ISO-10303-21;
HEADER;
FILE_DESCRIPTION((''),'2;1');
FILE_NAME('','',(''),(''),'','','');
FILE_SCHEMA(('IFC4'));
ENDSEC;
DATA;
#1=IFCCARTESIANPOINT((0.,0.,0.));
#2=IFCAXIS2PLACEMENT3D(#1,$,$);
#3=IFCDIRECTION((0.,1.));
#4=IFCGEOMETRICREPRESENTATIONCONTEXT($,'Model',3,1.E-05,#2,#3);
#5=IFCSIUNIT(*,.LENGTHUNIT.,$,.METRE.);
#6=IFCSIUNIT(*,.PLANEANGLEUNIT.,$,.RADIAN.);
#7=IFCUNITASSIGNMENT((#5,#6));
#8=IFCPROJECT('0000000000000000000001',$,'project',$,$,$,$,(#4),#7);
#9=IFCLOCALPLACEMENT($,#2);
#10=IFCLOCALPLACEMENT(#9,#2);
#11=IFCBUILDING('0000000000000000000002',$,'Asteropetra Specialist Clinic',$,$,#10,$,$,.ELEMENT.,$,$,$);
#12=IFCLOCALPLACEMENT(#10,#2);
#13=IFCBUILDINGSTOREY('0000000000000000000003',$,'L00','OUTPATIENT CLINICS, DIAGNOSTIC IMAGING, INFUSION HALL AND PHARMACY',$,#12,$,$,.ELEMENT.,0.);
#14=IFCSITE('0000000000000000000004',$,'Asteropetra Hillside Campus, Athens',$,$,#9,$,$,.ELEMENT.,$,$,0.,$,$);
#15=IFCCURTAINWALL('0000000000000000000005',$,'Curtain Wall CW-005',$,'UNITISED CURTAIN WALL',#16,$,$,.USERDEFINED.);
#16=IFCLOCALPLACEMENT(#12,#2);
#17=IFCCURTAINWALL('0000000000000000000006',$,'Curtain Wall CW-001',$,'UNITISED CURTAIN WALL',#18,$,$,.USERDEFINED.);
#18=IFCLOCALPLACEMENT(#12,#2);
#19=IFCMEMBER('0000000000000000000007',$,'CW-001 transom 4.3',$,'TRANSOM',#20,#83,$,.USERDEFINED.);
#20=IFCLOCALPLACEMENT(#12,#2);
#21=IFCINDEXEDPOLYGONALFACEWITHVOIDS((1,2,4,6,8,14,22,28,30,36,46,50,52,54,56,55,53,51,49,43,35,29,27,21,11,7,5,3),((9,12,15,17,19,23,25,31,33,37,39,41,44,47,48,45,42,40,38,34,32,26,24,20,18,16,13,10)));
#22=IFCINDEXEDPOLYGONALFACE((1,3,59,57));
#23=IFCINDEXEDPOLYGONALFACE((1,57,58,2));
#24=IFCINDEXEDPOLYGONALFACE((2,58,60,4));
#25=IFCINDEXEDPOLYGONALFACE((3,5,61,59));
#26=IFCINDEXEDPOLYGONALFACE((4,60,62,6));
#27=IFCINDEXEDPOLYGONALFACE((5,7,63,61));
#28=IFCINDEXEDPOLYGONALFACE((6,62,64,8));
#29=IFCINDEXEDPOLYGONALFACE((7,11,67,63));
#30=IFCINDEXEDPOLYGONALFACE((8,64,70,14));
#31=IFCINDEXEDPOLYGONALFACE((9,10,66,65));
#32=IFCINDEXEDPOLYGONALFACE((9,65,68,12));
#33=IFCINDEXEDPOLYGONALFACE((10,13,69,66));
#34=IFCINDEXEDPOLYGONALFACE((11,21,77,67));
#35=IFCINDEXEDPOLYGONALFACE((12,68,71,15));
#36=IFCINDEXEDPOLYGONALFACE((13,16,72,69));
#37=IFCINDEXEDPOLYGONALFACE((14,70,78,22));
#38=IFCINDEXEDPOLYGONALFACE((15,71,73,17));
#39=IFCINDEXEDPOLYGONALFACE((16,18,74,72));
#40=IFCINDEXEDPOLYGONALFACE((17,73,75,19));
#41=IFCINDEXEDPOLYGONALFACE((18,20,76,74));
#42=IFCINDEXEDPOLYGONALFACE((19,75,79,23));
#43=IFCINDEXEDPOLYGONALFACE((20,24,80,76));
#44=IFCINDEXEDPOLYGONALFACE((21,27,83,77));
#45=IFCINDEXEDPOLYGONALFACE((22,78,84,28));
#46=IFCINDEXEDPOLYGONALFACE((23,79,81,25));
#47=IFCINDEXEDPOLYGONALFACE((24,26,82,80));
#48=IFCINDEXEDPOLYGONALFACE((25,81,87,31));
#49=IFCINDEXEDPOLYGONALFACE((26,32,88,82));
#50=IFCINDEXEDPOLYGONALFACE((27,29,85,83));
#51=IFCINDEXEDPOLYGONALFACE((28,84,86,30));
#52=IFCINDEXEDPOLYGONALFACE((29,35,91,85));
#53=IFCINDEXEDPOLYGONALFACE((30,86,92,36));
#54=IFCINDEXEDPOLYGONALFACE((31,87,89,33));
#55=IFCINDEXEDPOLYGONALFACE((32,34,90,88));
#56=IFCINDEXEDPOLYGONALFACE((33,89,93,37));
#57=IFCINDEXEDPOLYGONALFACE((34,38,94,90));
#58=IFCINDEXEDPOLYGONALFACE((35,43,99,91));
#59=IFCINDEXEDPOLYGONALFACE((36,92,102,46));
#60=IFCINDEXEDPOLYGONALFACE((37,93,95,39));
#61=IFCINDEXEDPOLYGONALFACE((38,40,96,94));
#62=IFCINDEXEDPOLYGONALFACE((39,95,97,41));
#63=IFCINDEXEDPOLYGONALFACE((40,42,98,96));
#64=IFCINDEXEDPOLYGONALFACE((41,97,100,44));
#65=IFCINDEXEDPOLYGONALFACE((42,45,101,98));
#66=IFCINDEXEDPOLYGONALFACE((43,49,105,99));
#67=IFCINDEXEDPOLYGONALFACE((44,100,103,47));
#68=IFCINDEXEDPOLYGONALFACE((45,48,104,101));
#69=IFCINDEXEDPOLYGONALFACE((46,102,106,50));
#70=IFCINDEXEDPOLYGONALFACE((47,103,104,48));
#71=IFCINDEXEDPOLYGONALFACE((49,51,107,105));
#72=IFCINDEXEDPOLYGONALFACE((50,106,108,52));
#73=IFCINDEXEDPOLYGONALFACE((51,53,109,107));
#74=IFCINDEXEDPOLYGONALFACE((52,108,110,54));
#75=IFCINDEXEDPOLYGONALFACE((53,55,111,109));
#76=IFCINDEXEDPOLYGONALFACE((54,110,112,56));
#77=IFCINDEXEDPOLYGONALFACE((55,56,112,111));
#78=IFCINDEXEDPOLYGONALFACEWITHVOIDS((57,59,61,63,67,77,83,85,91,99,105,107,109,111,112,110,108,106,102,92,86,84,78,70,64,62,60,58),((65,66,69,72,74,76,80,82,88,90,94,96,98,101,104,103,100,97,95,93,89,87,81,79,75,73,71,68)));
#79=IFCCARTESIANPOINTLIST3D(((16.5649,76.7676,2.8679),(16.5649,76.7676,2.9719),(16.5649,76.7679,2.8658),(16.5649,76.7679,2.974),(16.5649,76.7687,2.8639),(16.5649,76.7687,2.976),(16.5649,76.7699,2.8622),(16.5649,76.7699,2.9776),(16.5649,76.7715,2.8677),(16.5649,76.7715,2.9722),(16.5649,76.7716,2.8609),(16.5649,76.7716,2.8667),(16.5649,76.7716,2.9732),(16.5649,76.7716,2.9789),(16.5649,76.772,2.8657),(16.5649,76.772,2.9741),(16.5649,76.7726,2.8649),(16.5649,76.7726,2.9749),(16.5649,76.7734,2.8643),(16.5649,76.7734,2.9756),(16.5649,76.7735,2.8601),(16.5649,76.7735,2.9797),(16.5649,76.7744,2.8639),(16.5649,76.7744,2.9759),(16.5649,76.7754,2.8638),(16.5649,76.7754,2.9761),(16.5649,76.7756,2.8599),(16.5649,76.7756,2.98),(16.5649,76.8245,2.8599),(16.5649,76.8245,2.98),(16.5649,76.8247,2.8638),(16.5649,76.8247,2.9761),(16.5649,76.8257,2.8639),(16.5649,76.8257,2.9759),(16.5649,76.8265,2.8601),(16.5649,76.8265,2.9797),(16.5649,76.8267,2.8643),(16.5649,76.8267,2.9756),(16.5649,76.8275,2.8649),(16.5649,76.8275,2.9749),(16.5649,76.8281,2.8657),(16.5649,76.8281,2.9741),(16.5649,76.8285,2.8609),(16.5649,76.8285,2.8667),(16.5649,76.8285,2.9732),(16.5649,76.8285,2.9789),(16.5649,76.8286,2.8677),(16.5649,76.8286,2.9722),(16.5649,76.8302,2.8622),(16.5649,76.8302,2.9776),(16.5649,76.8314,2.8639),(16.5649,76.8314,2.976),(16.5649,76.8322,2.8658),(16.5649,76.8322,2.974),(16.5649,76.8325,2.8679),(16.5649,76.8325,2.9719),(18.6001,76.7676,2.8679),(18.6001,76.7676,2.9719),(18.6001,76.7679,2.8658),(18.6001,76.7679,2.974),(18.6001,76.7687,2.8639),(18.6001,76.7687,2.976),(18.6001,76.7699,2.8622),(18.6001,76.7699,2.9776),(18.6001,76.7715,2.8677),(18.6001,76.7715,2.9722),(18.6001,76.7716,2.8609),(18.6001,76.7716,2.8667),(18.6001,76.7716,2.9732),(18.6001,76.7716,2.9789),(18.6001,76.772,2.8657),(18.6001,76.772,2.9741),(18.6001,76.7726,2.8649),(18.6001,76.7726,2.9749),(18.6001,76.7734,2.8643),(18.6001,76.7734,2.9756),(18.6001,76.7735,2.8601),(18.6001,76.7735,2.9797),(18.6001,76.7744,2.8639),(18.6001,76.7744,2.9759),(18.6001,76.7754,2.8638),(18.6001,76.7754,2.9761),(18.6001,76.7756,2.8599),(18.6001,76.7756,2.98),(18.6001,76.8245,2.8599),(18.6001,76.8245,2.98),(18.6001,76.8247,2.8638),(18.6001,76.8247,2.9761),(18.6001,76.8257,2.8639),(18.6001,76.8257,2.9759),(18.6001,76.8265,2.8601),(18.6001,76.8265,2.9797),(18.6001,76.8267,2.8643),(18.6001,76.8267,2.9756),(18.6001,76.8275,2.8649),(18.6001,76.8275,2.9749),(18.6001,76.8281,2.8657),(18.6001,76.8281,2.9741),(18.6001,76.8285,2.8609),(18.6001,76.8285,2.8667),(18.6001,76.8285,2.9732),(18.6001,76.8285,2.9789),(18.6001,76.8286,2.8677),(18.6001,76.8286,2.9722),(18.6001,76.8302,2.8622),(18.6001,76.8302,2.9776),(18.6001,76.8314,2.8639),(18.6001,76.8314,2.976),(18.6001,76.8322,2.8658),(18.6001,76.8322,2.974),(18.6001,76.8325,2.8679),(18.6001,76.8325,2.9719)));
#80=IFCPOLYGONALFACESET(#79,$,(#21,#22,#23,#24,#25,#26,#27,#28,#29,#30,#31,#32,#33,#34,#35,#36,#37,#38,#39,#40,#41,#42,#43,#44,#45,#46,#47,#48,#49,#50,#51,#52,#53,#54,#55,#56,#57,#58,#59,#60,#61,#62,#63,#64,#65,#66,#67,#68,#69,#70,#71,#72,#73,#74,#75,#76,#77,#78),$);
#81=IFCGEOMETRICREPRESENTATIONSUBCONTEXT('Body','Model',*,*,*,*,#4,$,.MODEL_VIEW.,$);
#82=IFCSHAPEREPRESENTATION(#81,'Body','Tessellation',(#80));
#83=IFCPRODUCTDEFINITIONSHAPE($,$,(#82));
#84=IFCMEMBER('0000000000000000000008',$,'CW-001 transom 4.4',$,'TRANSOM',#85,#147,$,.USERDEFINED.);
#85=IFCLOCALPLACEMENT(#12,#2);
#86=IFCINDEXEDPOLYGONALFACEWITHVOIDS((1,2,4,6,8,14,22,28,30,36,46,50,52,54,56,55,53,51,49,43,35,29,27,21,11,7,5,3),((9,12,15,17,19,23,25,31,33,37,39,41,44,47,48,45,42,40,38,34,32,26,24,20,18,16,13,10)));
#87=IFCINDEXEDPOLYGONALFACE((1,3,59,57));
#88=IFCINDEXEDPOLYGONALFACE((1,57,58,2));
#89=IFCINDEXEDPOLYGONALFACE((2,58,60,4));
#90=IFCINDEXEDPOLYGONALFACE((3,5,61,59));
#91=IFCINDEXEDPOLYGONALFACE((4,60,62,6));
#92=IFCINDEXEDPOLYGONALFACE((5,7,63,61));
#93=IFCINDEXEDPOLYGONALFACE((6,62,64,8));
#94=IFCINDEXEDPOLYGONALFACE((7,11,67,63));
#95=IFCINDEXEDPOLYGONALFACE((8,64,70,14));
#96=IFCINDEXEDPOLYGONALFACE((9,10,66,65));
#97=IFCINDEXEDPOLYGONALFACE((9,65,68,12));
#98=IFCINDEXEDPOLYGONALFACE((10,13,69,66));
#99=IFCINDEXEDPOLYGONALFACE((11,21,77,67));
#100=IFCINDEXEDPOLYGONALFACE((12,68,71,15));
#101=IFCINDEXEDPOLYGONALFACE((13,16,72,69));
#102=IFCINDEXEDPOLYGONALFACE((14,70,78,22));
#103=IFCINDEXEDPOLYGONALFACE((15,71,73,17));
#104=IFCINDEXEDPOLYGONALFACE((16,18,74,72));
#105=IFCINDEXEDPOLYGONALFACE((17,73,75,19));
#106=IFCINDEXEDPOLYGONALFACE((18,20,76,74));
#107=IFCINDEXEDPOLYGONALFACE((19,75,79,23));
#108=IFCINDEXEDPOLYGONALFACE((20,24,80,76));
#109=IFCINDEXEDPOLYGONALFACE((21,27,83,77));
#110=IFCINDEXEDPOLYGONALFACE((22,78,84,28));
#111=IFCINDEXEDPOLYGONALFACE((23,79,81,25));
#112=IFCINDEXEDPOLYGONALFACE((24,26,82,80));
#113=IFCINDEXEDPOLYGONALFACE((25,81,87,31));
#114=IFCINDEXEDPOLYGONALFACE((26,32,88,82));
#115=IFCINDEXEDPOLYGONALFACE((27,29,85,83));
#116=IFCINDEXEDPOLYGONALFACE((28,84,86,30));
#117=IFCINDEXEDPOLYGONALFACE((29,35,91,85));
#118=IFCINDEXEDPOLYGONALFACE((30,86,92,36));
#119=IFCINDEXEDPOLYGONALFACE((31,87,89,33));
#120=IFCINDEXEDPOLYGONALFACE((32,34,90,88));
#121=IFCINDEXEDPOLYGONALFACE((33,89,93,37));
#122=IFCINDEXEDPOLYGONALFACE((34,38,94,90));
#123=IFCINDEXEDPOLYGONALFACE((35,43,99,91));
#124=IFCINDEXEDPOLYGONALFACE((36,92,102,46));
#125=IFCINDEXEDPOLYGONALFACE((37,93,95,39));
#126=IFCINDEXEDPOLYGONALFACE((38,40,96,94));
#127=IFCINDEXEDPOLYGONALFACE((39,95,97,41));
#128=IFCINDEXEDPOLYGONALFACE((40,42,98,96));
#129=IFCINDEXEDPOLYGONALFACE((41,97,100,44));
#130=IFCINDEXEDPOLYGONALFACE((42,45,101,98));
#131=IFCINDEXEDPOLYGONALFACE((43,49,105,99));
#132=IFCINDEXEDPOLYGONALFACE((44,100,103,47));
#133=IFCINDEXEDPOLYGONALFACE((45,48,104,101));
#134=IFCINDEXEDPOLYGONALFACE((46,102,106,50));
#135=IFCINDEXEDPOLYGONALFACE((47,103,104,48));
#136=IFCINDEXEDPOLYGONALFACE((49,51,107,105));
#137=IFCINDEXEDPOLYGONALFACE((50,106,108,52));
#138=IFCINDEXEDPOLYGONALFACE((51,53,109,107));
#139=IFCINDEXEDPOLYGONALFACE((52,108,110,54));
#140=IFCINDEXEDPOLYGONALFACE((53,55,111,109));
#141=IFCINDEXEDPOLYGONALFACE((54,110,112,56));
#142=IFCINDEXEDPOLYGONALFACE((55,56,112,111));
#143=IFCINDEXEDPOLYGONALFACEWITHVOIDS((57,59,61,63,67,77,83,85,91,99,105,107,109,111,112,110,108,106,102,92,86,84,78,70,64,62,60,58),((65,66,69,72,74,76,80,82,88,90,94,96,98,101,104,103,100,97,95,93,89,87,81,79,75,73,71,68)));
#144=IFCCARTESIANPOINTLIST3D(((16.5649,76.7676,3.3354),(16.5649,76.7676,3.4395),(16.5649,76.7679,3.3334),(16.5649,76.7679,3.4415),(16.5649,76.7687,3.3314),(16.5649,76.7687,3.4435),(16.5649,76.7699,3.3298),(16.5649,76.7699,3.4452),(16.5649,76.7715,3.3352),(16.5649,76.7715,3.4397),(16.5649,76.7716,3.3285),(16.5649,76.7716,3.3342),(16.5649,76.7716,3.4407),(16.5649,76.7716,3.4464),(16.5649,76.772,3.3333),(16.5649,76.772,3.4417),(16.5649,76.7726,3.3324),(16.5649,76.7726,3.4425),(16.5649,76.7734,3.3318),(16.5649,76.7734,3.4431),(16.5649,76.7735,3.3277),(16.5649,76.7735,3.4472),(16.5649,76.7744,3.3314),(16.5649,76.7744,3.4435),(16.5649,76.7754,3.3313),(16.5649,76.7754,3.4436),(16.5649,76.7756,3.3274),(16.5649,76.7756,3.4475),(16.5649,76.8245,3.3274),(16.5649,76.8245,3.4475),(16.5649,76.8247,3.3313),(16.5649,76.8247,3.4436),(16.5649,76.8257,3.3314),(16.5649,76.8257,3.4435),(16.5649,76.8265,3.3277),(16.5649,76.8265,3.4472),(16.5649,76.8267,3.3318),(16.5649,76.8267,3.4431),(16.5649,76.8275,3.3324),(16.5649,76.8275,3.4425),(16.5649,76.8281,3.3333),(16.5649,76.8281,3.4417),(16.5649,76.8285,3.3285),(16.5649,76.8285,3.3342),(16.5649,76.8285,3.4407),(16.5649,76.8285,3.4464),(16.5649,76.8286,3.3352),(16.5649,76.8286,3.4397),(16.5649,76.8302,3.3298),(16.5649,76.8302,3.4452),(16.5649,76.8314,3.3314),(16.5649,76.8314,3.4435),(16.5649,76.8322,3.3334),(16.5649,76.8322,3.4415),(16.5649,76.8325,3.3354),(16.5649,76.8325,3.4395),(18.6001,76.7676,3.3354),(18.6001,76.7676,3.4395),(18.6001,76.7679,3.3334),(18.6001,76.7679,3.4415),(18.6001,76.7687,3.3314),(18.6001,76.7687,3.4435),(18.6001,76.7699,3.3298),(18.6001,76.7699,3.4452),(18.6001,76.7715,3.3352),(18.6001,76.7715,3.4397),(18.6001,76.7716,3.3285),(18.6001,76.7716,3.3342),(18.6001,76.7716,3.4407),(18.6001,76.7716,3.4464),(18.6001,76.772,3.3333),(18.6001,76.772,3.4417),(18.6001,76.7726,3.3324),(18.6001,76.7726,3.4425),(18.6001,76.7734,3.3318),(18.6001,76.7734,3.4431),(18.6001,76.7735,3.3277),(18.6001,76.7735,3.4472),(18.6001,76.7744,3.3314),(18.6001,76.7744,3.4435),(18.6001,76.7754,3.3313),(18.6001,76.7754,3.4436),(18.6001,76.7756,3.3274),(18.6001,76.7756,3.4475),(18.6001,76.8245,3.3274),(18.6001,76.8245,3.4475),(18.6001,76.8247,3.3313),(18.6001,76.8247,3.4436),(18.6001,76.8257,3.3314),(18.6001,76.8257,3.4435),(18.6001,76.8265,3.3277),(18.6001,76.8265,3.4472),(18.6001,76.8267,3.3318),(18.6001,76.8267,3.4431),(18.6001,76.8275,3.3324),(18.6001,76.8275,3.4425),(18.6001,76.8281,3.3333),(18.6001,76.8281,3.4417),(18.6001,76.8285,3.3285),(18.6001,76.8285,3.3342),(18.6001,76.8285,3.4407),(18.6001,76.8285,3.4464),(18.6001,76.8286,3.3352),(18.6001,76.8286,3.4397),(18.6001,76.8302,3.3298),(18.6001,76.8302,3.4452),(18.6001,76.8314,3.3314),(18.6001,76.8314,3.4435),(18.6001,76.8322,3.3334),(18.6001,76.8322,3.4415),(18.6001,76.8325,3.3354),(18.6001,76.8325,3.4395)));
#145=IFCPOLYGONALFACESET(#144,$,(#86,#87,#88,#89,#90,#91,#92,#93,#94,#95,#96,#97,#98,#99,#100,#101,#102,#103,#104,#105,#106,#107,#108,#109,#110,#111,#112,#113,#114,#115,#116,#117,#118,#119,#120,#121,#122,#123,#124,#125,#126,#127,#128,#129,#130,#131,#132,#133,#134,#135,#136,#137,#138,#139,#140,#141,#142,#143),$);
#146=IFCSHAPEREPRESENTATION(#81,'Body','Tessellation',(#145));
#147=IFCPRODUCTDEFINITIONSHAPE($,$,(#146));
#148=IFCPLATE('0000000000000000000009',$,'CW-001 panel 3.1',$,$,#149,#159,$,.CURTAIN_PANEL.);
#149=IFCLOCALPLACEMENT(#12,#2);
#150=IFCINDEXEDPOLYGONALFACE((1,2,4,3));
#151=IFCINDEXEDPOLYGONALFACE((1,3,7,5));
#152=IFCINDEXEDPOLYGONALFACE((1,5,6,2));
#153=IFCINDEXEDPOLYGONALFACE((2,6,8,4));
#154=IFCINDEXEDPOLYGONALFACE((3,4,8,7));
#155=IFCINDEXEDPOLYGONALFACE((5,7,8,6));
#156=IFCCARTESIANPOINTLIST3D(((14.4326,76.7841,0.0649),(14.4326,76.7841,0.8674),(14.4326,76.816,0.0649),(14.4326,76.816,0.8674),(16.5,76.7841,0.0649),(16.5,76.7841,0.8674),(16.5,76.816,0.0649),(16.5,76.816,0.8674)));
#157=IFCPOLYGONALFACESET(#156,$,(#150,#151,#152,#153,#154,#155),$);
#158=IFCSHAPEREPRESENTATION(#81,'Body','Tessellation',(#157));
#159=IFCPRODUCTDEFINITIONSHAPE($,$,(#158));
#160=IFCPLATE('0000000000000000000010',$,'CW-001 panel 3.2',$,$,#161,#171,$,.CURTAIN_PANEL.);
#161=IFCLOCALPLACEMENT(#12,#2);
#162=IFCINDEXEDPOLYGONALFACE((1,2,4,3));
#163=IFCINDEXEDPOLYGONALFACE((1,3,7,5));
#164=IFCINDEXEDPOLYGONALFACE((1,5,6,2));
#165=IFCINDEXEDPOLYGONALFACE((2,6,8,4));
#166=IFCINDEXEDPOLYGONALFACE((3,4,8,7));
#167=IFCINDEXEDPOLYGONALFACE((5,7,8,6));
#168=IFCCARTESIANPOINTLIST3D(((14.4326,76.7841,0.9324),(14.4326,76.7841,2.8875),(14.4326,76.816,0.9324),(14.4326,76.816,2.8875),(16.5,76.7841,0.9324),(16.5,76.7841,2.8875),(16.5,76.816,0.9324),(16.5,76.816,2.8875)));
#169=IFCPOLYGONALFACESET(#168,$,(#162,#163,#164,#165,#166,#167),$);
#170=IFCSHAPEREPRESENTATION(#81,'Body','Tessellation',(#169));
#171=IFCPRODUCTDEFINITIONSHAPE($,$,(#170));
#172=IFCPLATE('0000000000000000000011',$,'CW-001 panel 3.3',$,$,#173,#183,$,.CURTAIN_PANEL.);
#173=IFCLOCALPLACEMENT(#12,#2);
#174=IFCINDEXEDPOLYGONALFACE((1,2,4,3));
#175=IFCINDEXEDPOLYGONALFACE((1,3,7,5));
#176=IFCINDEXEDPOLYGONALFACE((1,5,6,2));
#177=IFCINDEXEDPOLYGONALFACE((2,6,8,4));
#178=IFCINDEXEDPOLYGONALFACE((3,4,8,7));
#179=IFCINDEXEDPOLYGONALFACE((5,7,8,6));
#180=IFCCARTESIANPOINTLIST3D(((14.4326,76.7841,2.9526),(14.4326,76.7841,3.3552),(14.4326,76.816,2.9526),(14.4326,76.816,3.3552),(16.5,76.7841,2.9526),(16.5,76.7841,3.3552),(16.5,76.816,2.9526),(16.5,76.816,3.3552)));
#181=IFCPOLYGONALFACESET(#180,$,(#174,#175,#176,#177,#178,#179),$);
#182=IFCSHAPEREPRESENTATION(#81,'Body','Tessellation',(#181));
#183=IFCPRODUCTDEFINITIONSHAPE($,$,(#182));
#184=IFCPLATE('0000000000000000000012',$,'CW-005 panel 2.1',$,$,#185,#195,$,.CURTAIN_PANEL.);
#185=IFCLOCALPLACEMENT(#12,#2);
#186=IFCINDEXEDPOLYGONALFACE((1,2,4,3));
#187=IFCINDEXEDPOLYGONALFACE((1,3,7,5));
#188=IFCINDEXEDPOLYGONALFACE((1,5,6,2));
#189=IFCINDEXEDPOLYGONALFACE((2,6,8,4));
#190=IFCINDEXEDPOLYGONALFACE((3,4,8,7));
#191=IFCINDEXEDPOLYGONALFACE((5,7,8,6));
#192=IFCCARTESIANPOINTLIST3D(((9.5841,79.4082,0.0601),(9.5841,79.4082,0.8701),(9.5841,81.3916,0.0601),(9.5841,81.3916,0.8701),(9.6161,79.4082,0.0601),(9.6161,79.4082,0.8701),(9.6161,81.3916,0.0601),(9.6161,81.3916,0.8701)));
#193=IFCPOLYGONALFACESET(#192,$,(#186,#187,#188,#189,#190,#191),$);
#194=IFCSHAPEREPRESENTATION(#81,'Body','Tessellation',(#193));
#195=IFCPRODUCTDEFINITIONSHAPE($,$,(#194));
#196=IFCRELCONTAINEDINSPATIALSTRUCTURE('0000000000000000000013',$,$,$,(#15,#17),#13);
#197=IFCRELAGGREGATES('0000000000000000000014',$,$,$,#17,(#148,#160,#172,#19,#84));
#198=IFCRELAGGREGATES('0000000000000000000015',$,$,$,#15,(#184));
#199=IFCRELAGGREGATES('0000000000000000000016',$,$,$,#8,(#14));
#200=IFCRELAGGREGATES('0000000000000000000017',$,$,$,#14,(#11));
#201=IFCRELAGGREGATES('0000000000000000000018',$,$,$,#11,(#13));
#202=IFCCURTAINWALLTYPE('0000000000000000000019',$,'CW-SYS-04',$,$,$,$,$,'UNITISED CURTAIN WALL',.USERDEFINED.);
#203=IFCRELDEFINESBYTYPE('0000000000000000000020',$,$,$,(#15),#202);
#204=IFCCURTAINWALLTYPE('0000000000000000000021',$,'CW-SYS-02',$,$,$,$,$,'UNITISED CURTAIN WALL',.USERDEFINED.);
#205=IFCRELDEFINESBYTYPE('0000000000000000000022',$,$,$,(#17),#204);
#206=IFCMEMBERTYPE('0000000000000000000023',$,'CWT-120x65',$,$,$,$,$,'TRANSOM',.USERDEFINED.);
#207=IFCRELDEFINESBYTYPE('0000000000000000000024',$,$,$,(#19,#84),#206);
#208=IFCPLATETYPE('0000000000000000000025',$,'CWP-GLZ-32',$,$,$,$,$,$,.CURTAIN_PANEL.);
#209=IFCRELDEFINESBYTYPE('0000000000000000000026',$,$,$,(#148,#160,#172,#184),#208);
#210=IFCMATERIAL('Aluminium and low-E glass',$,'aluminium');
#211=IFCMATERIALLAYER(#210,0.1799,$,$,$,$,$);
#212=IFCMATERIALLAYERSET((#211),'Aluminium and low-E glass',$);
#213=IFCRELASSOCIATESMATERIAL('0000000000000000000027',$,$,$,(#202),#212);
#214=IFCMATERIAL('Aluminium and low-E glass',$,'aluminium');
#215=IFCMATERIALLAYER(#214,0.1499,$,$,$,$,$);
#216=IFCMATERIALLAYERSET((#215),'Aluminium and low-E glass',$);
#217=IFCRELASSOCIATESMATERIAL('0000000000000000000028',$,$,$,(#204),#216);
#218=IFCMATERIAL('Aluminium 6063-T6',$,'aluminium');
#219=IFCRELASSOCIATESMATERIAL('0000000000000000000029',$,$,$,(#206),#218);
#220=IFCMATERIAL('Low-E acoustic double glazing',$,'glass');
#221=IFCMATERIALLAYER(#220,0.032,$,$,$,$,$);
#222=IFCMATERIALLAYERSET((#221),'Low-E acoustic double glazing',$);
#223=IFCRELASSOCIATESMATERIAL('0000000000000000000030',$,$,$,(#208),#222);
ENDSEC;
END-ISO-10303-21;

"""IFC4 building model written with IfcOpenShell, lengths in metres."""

from ifc_helpers import new_model, si_unit, direction, frame, origin, origin_2d, place, context, subcontext, project, spatial, rectangle, hollow_rectangle, extrude, material, layer, layer_set, material_profile, profile_set, type_object, element, aggregate, save


model = new_model("IFC4")

# Units and contexts
model_context = context("Model", 3, precision=1e-05, world=origin(), true_north=direction((0.0, 1.0)))
body_context = subcontext(model_context, "Body", "Model", "MODEL_VIEW")
ifc_project = project(units=[si_unit("LENGTHUNIT", "METRE"), si_unit("PLANEANGLEUNIT", "RADIAN")], contexts=[model_context])

# Site, building, storey
site_placement = place(None, origin())
site = spatial("IfcSite", under=ifc_project, at=site_placement, Name="Asteropetra Hillside Campus, Athens", CompositionType="ELEMENT", RefElevation=0.0)
building_placement = place(site_placement, origin())
building = spatial("IfcBuilding", under=site, at=building_placement, Name="Asteropetra Specialist Clinic", CompositionType="ELEMENT")
storey_placement = place(building_placement, origin())
storey = spatial("IfcBuildingStorey", under=building, at=storey_placement, Name="L00", Description="OUTPATIENT CLINICS, DIAGNOSTIC IMAGING, INFUSION HALL AND PHARMACY", CompositionType="ELEMENT", Elevation=0.0)

# Curtain wall
ifc_material_1 = material(Name="Aluminium and low-E glass", Category="aluminium")
ifc_layer_1 = layer(ifc_material_1, 0.1799)
ifc_layer_set_1 = layer_set([ifc_layer_1], Name="Aluminium and low-E glass")
curtain_wall_type_1 = type_object("IfcCurtainWallType", Name="CW-SYS-04", ElementType="UNITISED CURTAIN WALL", PredefinedType="USERDEFINED", material=ifc_layer_set_1)
curtain_wall_1_placement = place(storey_placement, origin())
curtain_wall_1 = element("IfcCurtainWall", 1, at=curtain_wall_1_placement, inside=storey, type_object=curtain_wall_type_1, Name="Curtain Wall CW-005", ObjectType="UNITISED CURTAIN WALL", PredefinedType="USERDEFINED")

# Curtain wall
ifc_material_2 = material(Name="Aluminium and low-E glass", Category="aluminium")
ifc_layer_2 = layer(ifc_material_2, 0.1499)
ifc_layer_set_2 = layer_set([ifc_layer_2], Name="Aluminium and low-E glass")
curtain_wall_type_2 = type_object("IfcCurtainWallType", Name="CW-SYS-02", ElementType="UNITISED CURTAIN WALL", PredefinedType="USERDEFINED", material=ifc_layer_set_2)
curtain_wall_2_placement = place(storey_placement, origin())
curtain_wall_2 = element("IfcCurtainWall", 2, at=curtain_wall_2_placement, inside=storey, type_object=curtain_wall_type_2, Name="Curtain Wall CW-001", ObjectType="UNITISED CURTAIN WALL", PredefinedType="USERDEFINED")

# Members
ifc_material_3 = material(Name="Aluminium 6063-T6", Category="aluminium")
ifc_material_profile_1 = material_profile(ifc_material_3, hollow_rectangle(XDim=0.0649, YDim=0.1201, WallThickness=0.0039, InnerFilletRadius=0.0039, OuterFilletRadius=0.0081, at=origin_2d()), Name="TRN 120x65x4.0")
ifc_profile_set_1 = profile_set([ifc_material_profile_1], Name="Aluminium 6063-T6")
member_type_1 = type_object("IfcMemberType", Name="CWT-120x65", ElementType="TRANSOM", PredefinedType="USERDEFINED", material=ifc_profile_set_1)
member_1_placement = place(storey_placement, frame((16.5649, 76.8, 2.9199), z_axis=(1.0, 0.0, 0.0), x_axis=(0.0, 1.0, 0.0)))
member_1 = element("IfcMember", 3, at=member_1_placement, type_object=member_type_1, Name="CW-001 transom 4.3", ObjectType="TRANSOM", PredefinedType="USERDEFINED", context=body_context, shape_type="SweptSolid", body=[
    extrude(hollow_rectangle(XDim=0.0649, YDim=0.1201, WallThickness=0.0039, InnerFilletRadius=0.0039, OuterFilletRadius=0.0081, at=origin_2d()), origin(), (0.0, 0.0, 1.0), 2.0352),
])
member_2_placement = place(storey_placement, frame((16.5649, 76.8, 3.3875), z_axis=(1.0, 0.0, 0.0), x_axis=(0.0, 1.0, 0.0)))
member_2 = element("IfcMember", 4, at=member_2_placement, type_object=member_type_1, Name="CW-001 transom 4.4", ObjectType="TRANSOM", PredefinedType="USERDEFINED", context=body_context, shape_type="SweptSolid", body=[
    extrude(hollow_rectangle(XDim=0.0649, YDim=0.1201, WallThickness=0.0039, InnerFilletRadius=0.0039, OuterFilletRadius=0.0081, at=origin_2d()), origin(), (0.0, 0.0, 1.0), 2.0352),
])

# Plates
ifc_material_4 = material(Name="Low-E acoustic double glazing", Category="glass")
ifc_layer_3 = layer(ifc_material_4, 0.032)
ifc_layer_set_3 = layer_set([ifc_layer_3], Name="Low-E acoustic double glazing")
plate_type = type_object("IfcPlateType", Name="CWP-GLZ-32", PredefinedType="CURTAIN_PANEL", material=ifc_layer_set_3)
plate_1_placement = place(storey_placement, frame((15.4663, 76.8, 0.0649), z_axis=(0.0, 0.0, 1.0), x_axis=(1.0, 0.0, 0.0)))
plate_1 = element("IfcPlate", 5, at=plate_1_placement, type_object=plate_type, Name="CW-001 panel 3.1", PredefinedType="CURTAIN_PANEL", context=body_context, shape_type="SweptSolid", body=[
    extrude(rectangle(XDim=2.0674, YDim=0.032, at=origin_2d()), origin(), (0.0, 0.0, 1.0), 0.8025),
])
plate_2_placement = place(storey_placement, frame((15.4663, 76.8, 0.9324), z_axis=(0.0, 0.0, 1.0), x_axis=(1.0, 0.0, 0.0)))
plate_2 = element("IfcPlate", 6, at=plate_2_placement, type_object=plate_type, Name="CW-001 panel 3.2", PredefinedType="CURTAIN_PANEL", context=body_context, shape_type="SweptSolid", body=[
    extrude(rectangle(XDim=2.0674, YDim=0.032, at=origin_2d()), origin(), (0.0, 0.0, 1.0), 1.9551),
])
plate_3_placement = place(storey_placement, frame((15.4663, 76.8, 2.9526), z_axis=(0.0, 0.0, 1.0), x_axis=(1.0, 0.0, 0.0)))
plate_3 = element("IfcPlate", 7, at=plate_3_placement, type_object=plate_type, Name="CW-001 panel 3.3", PredefinedType="CURTAIN_PANEL", context=body_context, shape_type="SweptSolid", body=[
    extrude(rectangle(XDim=2.0674, YDim=0.032, at=origin_2d()), origin(), (0.0, 0.0, 1.0), 0.4026),
])
aggregate(curtain_wall_2, [plate_1, plate_2, plate_3, member_1, member_2])
plate_4_placement = place(storey_placement, frame((9.6001, 80.3999, 0.0601), z_axis=(0.0, 0.0, 1.0), x_axis=(0.0, -1.0, 0.0)))
plate_4 = element("IfcPlate", 8, at=plate_4_placement, type_object=plate_type, Name="CW-005 panel 2.1", PredefinedType="CURTAIN_PANEL", context=body_context, shape_type="SweptSolid", body=[
    extrude(rectangle(XDim=1.9834, YDim=0.032, at=origin_2d()), origin(), (0.0, 0.0, 1.0), 0.8101),
])
aggregate(curtain_wall_1, [plate_4])

save(model, "model.ifc")
